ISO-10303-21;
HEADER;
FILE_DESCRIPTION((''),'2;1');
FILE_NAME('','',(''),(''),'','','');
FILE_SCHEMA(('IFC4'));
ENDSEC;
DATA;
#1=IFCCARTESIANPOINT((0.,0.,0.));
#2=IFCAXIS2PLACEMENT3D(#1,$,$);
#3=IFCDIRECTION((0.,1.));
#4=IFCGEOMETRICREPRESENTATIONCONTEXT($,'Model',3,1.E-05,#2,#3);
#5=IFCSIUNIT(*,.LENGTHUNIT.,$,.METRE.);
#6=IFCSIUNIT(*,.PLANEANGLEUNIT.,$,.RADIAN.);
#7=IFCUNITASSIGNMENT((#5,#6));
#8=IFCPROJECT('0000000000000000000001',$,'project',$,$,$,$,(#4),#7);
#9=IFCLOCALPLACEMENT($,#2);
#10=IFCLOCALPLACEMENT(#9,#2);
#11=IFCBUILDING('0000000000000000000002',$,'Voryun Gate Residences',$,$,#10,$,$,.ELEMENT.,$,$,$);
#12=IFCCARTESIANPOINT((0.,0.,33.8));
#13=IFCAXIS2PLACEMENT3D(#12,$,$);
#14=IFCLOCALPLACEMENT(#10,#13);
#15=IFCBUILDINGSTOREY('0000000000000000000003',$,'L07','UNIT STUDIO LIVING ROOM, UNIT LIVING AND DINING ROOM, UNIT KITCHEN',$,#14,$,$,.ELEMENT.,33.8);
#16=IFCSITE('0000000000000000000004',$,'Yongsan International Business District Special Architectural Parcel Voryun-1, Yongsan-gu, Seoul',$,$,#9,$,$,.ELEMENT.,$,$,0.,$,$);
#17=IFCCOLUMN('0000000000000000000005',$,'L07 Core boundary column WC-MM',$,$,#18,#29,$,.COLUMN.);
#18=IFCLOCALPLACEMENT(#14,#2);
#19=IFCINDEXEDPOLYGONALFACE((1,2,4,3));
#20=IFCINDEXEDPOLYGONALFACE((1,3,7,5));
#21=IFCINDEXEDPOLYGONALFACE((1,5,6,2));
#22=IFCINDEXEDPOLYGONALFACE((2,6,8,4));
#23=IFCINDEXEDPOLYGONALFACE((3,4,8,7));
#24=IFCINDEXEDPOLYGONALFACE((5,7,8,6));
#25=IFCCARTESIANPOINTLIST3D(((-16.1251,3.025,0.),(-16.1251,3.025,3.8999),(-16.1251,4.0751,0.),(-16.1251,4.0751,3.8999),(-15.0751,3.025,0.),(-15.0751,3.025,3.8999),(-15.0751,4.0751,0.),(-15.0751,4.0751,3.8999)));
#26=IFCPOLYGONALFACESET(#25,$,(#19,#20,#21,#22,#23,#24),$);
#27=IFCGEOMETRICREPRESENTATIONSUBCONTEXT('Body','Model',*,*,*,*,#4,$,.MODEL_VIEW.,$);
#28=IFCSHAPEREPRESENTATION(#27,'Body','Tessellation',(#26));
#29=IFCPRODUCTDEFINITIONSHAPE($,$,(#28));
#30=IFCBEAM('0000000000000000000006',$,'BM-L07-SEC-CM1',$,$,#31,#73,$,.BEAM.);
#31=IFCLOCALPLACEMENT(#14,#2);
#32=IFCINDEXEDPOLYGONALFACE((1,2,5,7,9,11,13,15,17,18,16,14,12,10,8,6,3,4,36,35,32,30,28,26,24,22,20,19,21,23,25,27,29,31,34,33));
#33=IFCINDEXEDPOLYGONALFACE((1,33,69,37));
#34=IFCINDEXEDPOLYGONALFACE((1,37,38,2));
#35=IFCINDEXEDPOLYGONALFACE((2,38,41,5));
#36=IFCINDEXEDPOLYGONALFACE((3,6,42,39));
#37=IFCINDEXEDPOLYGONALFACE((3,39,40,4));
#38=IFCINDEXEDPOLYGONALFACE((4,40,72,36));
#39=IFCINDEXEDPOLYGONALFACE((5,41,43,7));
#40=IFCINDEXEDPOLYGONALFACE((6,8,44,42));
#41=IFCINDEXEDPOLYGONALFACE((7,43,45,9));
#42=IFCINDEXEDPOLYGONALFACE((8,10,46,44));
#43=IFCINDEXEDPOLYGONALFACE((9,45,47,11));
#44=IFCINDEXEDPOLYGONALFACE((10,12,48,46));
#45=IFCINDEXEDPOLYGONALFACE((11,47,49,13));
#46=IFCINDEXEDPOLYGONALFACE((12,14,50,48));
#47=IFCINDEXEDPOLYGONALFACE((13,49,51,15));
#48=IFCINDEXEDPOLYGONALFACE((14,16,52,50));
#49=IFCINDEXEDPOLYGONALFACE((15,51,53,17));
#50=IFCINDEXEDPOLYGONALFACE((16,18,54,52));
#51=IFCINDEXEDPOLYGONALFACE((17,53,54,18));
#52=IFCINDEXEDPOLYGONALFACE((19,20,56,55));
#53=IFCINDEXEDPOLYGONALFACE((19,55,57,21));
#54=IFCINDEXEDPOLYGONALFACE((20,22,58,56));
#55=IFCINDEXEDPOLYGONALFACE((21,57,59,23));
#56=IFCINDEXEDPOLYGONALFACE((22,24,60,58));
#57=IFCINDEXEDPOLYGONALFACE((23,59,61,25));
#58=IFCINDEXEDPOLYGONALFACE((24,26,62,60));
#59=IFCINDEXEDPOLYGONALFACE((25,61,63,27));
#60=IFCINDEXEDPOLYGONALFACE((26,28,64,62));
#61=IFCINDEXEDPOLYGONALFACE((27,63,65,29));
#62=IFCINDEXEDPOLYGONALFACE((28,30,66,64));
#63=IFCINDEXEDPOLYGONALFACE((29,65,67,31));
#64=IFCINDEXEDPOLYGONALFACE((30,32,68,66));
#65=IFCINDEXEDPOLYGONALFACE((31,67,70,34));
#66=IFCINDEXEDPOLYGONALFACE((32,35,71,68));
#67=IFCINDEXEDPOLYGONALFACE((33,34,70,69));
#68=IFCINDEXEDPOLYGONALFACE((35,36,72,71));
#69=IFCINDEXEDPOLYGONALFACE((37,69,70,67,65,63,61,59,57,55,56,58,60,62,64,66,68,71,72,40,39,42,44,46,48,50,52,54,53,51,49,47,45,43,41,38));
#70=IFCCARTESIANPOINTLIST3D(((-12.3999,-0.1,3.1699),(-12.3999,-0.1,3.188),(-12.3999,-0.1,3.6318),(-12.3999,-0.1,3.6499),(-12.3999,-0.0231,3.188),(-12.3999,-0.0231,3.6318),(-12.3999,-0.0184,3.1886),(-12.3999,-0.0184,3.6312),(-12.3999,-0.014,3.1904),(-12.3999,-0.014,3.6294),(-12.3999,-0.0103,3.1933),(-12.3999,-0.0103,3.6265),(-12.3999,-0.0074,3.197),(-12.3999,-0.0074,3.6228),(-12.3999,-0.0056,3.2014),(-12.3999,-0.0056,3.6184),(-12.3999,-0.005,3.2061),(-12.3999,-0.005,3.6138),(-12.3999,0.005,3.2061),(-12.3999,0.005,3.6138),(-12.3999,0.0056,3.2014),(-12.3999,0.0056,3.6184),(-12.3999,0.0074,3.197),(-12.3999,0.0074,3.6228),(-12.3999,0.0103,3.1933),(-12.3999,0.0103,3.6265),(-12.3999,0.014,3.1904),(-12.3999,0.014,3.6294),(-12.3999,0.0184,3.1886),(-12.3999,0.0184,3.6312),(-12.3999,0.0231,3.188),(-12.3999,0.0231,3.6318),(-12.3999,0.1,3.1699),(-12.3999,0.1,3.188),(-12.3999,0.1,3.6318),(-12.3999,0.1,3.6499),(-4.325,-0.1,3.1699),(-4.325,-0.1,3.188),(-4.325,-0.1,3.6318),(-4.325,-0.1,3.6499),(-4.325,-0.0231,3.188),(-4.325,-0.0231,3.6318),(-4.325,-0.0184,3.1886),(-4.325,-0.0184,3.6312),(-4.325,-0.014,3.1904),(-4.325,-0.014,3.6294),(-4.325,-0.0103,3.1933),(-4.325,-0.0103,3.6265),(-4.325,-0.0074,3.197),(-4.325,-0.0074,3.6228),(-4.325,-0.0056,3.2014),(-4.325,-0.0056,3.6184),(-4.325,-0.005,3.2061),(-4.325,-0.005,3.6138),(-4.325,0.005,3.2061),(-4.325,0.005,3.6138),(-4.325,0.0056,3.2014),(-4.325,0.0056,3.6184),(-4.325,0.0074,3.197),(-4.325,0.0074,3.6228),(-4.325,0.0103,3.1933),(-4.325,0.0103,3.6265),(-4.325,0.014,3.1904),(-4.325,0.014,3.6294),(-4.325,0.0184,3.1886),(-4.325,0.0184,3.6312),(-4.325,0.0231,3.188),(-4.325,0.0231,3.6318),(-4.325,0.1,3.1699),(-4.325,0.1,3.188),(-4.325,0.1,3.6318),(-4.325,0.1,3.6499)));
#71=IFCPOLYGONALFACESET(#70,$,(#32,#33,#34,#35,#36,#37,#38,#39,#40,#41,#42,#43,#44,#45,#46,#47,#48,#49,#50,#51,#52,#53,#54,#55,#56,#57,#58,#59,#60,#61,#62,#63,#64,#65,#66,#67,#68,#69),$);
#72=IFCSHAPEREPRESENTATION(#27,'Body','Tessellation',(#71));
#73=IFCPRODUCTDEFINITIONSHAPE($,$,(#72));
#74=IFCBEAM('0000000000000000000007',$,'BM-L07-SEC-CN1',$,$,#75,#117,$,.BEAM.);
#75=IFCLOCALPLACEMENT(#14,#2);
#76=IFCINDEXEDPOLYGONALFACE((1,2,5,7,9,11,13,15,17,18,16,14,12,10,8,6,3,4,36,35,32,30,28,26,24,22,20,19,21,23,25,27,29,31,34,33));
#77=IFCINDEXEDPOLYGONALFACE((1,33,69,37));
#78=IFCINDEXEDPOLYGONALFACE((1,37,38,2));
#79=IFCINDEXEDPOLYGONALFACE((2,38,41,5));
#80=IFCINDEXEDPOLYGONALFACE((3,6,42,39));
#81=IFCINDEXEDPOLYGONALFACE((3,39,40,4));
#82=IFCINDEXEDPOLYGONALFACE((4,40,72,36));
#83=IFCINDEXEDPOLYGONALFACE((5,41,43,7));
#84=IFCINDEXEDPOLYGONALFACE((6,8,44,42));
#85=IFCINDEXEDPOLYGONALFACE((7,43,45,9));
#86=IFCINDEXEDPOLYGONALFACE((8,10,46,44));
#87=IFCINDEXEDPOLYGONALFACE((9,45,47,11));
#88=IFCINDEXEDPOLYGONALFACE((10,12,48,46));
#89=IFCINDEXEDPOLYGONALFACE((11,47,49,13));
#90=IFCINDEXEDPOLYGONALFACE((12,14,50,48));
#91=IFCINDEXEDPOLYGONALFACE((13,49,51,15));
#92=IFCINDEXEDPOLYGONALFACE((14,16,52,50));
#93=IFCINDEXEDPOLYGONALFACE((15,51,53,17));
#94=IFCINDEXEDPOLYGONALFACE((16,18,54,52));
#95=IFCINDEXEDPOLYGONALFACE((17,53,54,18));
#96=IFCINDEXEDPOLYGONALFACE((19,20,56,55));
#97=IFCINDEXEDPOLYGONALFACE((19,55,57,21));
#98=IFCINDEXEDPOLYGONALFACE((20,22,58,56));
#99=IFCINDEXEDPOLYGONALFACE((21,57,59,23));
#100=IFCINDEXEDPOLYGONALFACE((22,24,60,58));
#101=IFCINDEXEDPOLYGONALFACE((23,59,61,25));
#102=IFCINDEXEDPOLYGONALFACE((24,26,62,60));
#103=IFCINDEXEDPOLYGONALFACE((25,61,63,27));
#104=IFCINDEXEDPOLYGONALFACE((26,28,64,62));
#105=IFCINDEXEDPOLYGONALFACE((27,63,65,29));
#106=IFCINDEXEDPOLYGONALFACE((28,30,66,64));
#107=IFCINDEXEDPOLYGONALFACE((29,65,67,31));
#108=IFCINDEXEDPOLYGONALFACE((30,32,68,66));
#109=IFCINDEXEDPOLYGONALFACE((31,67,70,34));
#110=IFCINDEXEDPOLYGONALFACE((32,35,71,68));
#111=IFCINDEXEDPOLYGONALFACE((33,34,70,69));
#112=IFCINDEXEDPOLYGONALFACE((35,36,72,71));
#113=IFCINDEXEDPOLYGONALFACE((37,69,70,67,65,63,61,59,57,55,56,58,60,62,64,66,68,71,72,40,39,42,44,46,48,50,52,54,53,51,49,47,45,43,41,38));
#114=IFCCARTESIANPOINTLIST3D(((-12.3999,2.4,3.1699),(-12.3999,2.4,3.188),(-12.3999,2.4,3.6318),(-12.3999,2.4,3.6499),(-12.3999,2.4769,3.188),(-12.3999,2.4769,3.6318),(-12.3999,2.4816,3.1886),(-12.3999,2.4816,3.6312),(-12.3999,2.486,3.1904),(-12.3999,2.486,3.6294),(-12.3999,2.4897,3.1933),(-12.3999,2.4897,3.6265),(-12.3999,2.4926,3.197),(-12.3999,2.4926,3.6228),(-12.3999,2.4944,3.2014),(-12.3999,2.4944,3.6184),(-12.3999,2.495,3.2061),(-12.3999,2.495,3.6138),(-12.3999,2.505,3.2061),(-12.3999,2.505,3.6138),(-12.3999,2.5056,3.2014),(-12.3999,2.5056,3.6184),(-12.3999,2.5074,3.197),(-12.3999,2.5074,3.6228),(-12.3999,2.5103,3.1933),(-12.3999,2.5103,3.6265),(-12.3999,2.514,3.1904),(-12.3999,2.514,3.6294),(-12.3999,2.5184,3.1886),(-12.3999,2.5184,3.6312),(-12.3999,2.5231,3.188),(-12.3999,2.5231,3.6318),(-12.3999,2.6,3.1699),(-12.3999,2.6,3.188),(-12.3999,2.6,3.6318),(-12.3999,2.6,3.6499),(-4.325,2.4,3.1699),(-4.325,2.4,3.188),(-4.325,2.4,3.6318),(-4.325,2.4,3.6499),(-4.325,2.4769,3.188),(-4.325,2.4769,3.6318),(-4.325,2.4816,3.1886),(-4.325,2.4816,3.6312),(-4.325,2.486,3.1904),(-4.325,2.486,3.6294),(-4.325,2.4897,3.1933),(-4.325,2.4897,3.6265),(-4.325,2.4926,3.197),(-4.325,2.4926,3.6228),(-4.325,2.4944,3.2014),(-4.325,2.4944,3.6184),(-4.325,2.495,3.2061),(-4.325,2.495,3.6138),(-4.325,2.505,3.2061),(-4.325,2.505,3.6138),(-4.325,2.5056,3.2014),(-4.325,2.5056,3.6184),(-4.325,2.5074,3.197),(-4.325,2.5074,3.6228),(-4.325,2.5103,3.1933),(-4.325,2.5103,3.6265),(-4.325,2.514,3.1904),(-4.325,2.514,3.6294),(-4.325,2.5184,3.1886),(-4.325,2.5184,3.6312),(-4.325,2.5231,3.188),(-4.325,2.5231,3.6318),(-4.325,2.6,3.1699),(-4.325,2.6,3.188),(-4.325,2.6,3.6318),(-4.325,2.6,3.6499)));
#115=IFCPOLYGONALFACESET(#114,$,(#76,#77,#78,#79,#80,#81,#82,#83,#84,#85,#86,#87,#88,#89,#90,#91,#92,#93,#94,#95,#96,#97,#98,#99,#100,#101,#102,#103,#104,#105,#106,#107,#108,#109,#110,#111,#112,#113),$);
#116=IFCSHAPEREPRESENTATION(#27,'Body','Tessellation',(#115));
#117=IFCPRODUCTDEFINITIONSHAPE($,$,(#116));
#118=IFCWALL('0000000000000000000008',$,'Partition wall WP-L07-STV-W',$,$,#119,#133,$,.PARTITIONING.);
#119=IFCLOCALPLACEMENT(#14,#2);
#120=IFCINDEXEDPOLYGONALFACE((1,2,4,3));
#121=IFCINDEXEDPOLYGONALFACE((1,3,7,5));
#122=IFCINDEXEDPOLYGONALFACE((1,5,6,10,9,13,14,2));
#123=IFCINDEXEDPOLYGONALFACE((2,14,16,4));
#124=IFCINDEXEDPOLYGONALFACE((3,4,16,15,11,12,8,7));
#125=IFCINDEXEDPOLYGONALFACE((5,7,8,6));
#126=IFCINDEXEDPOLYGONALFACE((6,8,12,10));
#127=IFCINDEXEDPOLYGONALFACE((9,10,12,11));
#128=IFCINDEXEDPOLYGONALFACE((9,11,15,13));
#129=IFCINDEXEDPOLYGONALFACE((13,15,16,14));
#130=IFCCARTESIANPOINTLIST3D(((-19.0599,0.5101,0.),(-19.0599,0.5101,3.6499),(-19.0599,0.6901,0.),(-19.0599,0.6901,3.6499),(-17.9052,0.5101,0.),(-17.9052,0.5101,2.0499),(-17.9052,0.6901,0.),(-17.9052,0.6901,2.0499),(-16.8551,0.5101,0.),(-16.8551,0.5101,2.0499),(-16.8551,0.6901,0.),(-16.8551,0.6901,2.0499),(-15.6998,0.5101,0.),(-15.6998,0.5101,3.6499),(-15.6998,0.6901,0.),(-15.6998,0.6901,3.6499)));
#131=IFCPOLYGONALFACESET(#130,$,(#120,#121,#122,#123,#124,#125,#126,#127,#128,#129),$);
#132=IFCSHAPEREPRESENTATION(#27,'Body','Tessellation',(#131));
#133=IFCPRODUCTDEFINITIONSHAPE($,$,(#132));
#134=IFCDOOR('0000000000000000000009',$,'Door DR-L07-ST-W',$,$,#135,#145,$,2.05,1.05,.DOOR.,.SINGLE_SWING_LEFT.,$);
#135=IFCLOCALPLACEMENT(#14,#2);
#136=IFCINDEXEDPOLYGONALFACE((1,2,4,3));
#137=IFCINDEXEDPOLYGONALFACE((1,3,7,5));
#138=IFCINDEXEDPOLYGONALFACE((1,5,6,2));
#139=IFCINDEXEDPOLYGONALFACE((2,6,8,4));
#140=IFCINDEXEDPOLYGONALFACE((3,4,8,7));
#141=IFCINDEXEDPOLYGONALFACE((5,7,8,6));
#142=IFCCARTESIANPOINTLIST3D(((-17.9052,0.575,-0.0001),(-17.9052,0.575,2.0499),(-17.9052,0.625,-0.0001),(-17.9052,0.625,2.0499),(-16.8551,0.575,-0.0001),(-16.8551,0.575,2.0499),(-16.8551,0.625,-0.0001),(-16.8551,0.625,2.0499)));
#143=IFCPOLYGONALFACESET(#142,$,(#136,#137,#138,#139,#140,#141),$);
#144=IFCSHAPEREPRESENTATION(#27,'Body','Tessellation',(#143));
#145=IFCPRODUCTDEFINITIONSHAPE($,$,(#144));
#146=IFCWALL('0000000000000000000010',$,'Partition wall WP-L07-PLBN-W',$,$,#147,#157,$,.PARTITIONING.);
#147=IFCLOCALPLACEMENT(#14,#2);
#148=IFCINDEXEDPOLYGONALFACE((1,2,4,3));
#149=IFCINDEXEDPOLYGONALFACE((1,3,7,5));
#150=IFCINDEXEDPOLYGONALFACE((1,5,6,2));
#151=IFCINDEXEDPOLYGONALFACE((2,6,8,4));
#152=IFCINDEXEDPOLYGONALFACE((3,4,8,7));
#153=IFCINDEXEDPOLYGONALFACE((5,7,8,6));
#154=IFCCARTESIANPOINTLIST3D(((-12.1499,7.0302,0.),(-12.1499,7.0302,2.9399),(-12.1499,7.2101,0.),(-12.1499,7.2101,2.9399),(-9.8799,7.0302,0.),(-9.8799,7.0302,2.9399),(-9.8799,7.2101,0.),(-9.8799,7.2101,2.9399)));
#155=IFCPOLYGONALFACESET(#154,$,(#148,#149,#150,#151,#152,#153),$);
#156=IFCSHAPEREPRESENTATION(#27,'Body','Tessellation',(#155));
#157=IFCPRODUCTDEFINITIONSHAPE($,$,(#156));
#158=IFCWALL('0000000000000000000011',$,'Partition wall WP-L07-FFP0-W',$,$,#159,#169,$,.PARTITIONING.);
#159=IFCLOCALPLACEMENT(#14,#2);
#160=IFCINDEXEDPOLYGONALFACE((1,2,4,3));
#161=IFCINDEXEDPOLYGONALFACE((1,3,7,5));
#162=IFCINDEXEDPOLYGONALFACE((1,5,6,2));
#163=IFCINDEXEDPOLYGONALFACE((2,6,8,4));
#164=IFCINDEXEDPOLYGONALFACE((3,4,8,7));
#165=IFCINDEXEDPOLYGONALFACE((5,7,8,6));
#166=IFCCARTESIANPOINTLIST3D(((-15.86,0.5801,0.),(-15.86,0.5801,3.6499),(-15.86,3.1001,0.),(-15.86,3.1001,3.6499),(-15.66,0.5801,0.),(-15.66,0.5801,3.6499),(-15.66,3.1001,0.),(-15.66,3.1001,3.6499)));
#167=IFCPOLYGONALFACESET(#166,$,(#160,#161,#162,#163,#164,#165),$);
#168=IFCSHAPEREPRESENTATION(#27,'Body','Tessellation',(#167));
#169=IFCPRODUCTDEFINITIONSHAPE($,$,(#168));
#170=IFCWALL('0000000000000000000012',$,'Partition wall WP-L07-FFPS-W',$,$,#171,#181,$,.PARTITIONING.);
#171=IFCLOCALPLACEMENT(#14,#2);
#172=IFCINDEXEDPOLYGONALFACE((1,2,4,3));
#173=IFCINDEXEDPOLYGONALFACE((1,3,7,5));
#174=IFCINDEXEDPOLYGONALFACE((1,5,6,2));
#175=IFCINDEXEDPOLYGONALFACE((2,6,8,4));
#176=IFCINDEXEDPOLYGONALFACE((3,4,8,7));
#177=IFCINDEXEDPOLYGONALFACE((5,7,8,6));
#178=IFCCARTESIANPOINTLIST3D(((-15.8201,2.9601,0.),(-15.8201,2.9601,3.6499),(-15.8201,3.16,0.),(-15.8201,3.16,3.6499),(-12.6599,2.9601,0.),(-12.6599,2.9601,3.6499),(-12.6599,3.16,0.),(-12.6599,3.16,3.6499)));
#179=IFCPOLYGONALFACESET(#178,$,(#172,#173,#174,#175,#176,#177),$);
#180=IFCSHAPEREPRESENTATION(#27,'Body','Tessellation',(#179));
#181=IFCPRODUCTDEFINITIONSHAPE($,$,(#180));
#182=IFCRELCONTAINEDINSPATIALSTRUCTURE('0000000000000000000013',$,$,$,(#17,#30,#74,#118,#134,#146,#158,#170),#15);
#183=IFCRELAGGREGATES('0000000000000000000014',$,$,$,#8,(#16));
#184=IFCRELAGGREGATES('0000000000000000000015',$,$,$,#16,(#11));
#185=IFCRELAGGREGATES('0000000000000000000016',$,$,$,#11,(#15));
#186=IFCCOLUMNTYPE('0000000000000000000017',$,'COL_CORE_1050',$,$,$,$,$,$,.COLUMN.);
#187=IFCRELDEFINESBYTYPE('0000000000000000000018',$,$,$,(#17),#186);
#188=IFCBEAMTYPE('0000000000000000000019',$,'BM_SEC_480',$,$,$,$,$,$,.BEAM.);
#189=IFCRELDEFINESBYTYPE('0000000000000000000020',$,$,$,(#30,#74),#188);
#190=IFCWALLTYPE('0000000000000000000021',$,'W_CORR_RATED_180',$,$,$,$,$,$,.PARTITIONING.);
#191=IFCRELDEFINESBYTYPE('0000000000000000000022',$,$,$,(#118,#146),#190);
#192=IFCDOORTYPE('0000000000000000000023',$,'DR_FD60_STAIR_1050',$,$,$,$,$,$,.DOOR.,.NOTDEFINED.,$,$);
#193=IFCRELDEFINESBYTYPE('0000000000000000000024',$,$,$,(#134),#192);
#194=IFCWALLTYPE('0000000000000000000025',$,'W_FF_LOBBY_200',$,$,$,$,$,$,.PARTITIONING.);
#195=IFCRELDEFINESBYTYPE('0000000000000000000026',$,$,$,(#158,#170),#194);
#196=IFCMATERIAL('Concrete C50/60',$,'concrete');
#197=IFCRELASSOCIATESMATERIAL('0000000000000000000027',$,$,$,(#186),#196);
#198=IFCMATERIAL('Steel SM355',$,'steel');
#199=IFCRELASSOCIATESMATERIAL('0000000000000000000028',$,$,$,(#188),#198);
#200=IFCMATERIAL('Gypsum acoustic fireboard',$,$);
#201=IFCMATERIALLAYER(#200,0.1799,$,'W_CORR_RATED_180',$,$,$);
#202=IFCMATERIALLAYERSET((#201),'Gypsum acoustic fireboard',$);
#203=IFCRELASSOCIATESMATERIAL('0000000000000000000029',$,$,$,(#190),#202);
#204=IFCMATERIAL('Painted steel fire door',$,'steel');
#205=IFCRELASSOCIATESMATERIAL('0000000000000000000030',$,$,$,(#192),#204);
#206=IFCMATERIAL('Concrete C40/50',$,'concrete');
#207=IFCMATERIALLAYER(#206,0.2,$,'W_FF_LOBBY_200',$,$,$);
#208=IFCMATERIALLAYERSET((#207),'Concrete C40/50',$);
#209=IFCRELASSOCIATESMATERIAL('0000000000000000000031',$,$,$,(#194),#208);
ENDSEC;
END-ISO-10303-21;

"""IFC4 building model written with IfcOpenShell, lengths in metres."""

from ifc_helpers import new_model, si_unit, direction, frame, frame_2d, origin, origin_2d, place, context, subcontext, project, spatial, rectangle, i_section, extrude, material, layer, layer_set, material_profile, profile_set, type_object, element, fill, save


model = new_model("IFC4")

# Units and contexts
model_context = context("Model", 3, precision=1e-05, world=origin(), true_north=direction((0.0, 1.0)))
body_context = subcontext(model_context, "Body", "Model", "MODEL_VIEW")
ifc_project = project(units=[si_unit("LENGTHUNIT", "METRE"), si_unit("PLANEANGLEUNIT", "RADIAN")], contexts=[model_context])

# Site, building, storey
site_placement = place(None, origin())
site = spatial("IfcSite", under=ifc_project, at=site_placement, Name="Yongsan International Business District Special Architectural Parcel Voryun-1, Yongsan-gu, Seoul", CompositionType="ELEMENT", RefElevation=0.0)
building_placement = place(site_placement, origin())
building = spatial("IfcBuilding", under=site, at=building_placement, Name="Voryun Gate Residences", CompositionType="ELEMENT")
storey_placement = place(building_placement, frame((0.0, 0.0, 33.8)))
storey = spatial("IfcBuildingStorey", under=building, at=storey_placement, Name="L07", Description="UNIT STUDIO LIVING ROOM, UNIT LIVING AND DINING ROOM, UNIT KITCHEN", CompositionType="ELEMENT", Elevation=33.8)

# Column
ifc_material_1 = material(Name="Concrete C50/60", Category="concrete")
ifc_material_profile_1 = material_profile(ifc_material_1, rectangle(XDim=1.05, YDim=1.05, at=origin_2d()), Name="RC-1050x1050")
ifc_profile_set_1 = profile_set([ifc_material_profile_1], Name="Concrete C50/60")
column_type = type_object("IfcColumnType", Name="COL_CORE_1050", PredefinedType="COLUMN", material=ifc_profile_set_1)
column_placement = place(storey_placement, frame((-15.6001, 3.55, 0.0), z_axis=(0.0, 0.0, 1.0), x_axis=(1.0, 0.0, 0.0)))
element("IfcColumn", 1, at=column_placement, inside=storey, type_object=column_type, Name="L07 Core boundary column WC-MM", PredefinedType="COLUMN", context=body_context, shape_type="SweptSolid", body=[
    extrude(rectangle(XDim=1.05, YDim=1.05, at=origin_2d()), origin(), (0.0, 0.0, 1.0), 3.8999),
])

# Beams
ifc_material_2 = material(Name="Steel SM355", Category="steel")
ifc_material_profile_2 = material_profile(ifc_material_2, i_section(OverallWidth=0.2, OverallDepth=0.48, WebThickness=0.01, FlangeThickness=0.0181, FilletRadius=0.0181, at=origin_2d()), Name="H-480x200x10x18")
ifc_profile_set_2 = profile_set([ifc_material_profile_2], Name="Steel SM355")
beam_type = type_object("IfcBeamType", Name="BM_SEC_480", PredefinedType="BEAM", material=ifc_profile_set_2)
for number, where, z_axis, x_axis, name in (
    (2, (-12.3999, 0.0, 3.4099), (1.0, 0.0, 0.0), (0.0, 1.0, 0.0), "BM-L07-SEC-CM1"),
    (3, (-12.3999, 2.5, 3.4099), (1.0, 0.0, 0.0), (0.0, 1.0, 0.0), "BM-L07-SEC-CN1"),
):
    element("IfcBeam", number, at=place(storey_placement, frame(where, z_axis=z_axis, x_axis=x_axis)), inside=storey, type_object=beam_type, Name=name, PredefinedType="BEAM", context=body_context, shape_type="SweptSolid", body=[
        extrude(i_section(OverallWidth=0.2, OverallDepth=0.48, WebThickness=0.01, FlangeThickness=0.0181, FilletRadius=0.0181, at=origin_2d()), origin(), (0.0, 0.0, 1.0), 8.075),
    ])

# Wall, opening, door
ifc_material_3 = material(Name="Gypsum acoustic fireboard")
ifc_layer_1 = layer(ifc_material_3, 0.1799, Name="W_CORR_RATED_180")
ifc_layer_set_1 = layer_set([ifc_layer_1], Name="Gypsum acoustic fireboard")
wall_type_1 = type_object("IfcWallType", Name="W_CORR_RATED_180", PredefinedType="PARTITIONING", material=ifc_layer_set_1)
wall_1_placement = place(storey_placement, frame((-19.0601, 0.6001, 0.0), z_axis=(0.0, 0.0, 1.0), x_axis=(1.0, 0.0, 0.0)))
wall_1 = element("IfcWall", 4, at=wall_1_placement, inside=storey, type_object=wall_type_1, Name="Partition wall WP-L07-STV-W", PredefinedType="PARTITIONING", context=body_context, shape_type="SweptSolid", body=[
    extrude(rectangle(XDim=3.3601, YDim=0.1799, at=frame_2d((1.6802, 0.0))), origin(), (0.0, 0.0, 1.0), 3.6499),
])
opening_1_placement = place(wall_1_placement, frame((1.155, 0.0, 0.0)))
opening_1 = element("IfcOpeningElement", 5, at=opening_1_placement, cuts=wall_1, PredefinedType="OPENING", context=body_context, shape_type="SweptSolid", body=[
    extrude(rectangle(XDim=1.05, YDim=2.05, at=frame_2d((0.5249, 1.0249))), frame((0.0, 0.0999, 0.0), z_axis=(0.0, -1.0, 0.0), x_axis=(1.0, 0.0, 0.0)), (0.0, 0.0, 1.0), 0.2),
])
ifc_material_4 = material(Name="Painted steel fire door", Category="steel")
door_type_1 = type_object("IfcDoorType", Name="DR_FD60_STAIR_1050", OperationType="NOTDEFINED", PredefinedType="DOOR", material=ifc_material_4)
door_1_placement = place(opening_1_placement, origin())
door_1 = element("IfcDoor", 6, at=door_1_placement, inside=storey, type_object=door_type_1, Name="Door DR-L07-ST-W", OperationType="SINGLE_SWING_LEFT", OverallHeight=2.05, OverallWidth=1.05, PredefinedType="DOOR", context=body_context, shape_type="SweptSolid", body=[
    extrude(rectangle(XDim=1.05, YDim=2.05, at=frame_2d((0.5249, 1.0249))), frame((0.0, 0.0249, 0.0), z_axis=(0.0, -1.0, 0.0), x_axis=(1.0, 0.0, 0.0)), (0.0, 0.0, 1.0), 0.05),
])
fill(opening_1, door_1)

# Walls
wall_2_placement = place(storey_placement, frame((-12.1499, 7.1201, 0.0), z_axis=(0.0, 0.0, 1.0), x_axis=(1.0, 0.0, 0.0)))
element("IfcWall", 7, at=wall_2_placement, inside=storey, type_object=wall_type_1, Name="Partition wall WP-L07-PLBN-W", PredefinedType="PARTITIONING", context=body_context, shape_type="SweptSolid", body=[
    extrude(rectangle(XDim=2.27, YDim=0.1799, at=frame_2d((1.135, 0.0))), origin(), (0.0, 0.0, 1.0), 2.9399),
])
ifc_material_5 = material(Name="Concrete C40/50", Category="concrete")
ifc_layer_2 = layer(ifc_material_5, 0.2, Name="W_FF_LOBBY_200")
ifc_layer_set_2 = layer_set([ifc_layer_2], Name="Concrete C40/50")
wall_type_2 = type_object("IfcWallType", Name="W_FF_LOBBY_200", PredefinedType="PARTITIONING", material=ifc_layer_set_2)
wall_3_placement = place(storey_placement, frame((-15.76, 0.5801, 0.0), z_axis=(0.0, 0.0, 1.0), x_axis=(0.0, 1.0, 0.0)))
element("IfcWall", 8, at=wall_3_placement, inside=storey, type_object=wall_type_2, Name="Partition wall WP-L07-FFP0-W", PredefinedType="PARTITIONING", context=body_context, shape_type="SweptSolid", body=[
    extrude(rectangle(XDim=2.52, YDim=0.2, at=frame_2d((1.26, 0.0))), origin(), (0.0, 0.0, 1.0), 3.6499),
])
wall_4_placement = place(storey_placement, frame((-15.8201, 3.0601, 0.0), z_axis=(0.0, 0.0, 1.0), x_axis=(1.0, 0.0, 0.0)))
element("IfcWall", 9, at=wall_4_placement, inside=storey, type_object=wall_type_2, Name="Partition wall WP-L07-FFPS-W", PredefinedType="PARTITIONING", context=body_context, shape_type="SweptSolid", body=[
    extrude(rectangle(XDim=3.1602, YDim=0.2, at=frame_2d((1.5801, 0.0))), origin(), (0.0, 0.0, 1.0), 3.6499),
])

save(model, "model.ifc")
